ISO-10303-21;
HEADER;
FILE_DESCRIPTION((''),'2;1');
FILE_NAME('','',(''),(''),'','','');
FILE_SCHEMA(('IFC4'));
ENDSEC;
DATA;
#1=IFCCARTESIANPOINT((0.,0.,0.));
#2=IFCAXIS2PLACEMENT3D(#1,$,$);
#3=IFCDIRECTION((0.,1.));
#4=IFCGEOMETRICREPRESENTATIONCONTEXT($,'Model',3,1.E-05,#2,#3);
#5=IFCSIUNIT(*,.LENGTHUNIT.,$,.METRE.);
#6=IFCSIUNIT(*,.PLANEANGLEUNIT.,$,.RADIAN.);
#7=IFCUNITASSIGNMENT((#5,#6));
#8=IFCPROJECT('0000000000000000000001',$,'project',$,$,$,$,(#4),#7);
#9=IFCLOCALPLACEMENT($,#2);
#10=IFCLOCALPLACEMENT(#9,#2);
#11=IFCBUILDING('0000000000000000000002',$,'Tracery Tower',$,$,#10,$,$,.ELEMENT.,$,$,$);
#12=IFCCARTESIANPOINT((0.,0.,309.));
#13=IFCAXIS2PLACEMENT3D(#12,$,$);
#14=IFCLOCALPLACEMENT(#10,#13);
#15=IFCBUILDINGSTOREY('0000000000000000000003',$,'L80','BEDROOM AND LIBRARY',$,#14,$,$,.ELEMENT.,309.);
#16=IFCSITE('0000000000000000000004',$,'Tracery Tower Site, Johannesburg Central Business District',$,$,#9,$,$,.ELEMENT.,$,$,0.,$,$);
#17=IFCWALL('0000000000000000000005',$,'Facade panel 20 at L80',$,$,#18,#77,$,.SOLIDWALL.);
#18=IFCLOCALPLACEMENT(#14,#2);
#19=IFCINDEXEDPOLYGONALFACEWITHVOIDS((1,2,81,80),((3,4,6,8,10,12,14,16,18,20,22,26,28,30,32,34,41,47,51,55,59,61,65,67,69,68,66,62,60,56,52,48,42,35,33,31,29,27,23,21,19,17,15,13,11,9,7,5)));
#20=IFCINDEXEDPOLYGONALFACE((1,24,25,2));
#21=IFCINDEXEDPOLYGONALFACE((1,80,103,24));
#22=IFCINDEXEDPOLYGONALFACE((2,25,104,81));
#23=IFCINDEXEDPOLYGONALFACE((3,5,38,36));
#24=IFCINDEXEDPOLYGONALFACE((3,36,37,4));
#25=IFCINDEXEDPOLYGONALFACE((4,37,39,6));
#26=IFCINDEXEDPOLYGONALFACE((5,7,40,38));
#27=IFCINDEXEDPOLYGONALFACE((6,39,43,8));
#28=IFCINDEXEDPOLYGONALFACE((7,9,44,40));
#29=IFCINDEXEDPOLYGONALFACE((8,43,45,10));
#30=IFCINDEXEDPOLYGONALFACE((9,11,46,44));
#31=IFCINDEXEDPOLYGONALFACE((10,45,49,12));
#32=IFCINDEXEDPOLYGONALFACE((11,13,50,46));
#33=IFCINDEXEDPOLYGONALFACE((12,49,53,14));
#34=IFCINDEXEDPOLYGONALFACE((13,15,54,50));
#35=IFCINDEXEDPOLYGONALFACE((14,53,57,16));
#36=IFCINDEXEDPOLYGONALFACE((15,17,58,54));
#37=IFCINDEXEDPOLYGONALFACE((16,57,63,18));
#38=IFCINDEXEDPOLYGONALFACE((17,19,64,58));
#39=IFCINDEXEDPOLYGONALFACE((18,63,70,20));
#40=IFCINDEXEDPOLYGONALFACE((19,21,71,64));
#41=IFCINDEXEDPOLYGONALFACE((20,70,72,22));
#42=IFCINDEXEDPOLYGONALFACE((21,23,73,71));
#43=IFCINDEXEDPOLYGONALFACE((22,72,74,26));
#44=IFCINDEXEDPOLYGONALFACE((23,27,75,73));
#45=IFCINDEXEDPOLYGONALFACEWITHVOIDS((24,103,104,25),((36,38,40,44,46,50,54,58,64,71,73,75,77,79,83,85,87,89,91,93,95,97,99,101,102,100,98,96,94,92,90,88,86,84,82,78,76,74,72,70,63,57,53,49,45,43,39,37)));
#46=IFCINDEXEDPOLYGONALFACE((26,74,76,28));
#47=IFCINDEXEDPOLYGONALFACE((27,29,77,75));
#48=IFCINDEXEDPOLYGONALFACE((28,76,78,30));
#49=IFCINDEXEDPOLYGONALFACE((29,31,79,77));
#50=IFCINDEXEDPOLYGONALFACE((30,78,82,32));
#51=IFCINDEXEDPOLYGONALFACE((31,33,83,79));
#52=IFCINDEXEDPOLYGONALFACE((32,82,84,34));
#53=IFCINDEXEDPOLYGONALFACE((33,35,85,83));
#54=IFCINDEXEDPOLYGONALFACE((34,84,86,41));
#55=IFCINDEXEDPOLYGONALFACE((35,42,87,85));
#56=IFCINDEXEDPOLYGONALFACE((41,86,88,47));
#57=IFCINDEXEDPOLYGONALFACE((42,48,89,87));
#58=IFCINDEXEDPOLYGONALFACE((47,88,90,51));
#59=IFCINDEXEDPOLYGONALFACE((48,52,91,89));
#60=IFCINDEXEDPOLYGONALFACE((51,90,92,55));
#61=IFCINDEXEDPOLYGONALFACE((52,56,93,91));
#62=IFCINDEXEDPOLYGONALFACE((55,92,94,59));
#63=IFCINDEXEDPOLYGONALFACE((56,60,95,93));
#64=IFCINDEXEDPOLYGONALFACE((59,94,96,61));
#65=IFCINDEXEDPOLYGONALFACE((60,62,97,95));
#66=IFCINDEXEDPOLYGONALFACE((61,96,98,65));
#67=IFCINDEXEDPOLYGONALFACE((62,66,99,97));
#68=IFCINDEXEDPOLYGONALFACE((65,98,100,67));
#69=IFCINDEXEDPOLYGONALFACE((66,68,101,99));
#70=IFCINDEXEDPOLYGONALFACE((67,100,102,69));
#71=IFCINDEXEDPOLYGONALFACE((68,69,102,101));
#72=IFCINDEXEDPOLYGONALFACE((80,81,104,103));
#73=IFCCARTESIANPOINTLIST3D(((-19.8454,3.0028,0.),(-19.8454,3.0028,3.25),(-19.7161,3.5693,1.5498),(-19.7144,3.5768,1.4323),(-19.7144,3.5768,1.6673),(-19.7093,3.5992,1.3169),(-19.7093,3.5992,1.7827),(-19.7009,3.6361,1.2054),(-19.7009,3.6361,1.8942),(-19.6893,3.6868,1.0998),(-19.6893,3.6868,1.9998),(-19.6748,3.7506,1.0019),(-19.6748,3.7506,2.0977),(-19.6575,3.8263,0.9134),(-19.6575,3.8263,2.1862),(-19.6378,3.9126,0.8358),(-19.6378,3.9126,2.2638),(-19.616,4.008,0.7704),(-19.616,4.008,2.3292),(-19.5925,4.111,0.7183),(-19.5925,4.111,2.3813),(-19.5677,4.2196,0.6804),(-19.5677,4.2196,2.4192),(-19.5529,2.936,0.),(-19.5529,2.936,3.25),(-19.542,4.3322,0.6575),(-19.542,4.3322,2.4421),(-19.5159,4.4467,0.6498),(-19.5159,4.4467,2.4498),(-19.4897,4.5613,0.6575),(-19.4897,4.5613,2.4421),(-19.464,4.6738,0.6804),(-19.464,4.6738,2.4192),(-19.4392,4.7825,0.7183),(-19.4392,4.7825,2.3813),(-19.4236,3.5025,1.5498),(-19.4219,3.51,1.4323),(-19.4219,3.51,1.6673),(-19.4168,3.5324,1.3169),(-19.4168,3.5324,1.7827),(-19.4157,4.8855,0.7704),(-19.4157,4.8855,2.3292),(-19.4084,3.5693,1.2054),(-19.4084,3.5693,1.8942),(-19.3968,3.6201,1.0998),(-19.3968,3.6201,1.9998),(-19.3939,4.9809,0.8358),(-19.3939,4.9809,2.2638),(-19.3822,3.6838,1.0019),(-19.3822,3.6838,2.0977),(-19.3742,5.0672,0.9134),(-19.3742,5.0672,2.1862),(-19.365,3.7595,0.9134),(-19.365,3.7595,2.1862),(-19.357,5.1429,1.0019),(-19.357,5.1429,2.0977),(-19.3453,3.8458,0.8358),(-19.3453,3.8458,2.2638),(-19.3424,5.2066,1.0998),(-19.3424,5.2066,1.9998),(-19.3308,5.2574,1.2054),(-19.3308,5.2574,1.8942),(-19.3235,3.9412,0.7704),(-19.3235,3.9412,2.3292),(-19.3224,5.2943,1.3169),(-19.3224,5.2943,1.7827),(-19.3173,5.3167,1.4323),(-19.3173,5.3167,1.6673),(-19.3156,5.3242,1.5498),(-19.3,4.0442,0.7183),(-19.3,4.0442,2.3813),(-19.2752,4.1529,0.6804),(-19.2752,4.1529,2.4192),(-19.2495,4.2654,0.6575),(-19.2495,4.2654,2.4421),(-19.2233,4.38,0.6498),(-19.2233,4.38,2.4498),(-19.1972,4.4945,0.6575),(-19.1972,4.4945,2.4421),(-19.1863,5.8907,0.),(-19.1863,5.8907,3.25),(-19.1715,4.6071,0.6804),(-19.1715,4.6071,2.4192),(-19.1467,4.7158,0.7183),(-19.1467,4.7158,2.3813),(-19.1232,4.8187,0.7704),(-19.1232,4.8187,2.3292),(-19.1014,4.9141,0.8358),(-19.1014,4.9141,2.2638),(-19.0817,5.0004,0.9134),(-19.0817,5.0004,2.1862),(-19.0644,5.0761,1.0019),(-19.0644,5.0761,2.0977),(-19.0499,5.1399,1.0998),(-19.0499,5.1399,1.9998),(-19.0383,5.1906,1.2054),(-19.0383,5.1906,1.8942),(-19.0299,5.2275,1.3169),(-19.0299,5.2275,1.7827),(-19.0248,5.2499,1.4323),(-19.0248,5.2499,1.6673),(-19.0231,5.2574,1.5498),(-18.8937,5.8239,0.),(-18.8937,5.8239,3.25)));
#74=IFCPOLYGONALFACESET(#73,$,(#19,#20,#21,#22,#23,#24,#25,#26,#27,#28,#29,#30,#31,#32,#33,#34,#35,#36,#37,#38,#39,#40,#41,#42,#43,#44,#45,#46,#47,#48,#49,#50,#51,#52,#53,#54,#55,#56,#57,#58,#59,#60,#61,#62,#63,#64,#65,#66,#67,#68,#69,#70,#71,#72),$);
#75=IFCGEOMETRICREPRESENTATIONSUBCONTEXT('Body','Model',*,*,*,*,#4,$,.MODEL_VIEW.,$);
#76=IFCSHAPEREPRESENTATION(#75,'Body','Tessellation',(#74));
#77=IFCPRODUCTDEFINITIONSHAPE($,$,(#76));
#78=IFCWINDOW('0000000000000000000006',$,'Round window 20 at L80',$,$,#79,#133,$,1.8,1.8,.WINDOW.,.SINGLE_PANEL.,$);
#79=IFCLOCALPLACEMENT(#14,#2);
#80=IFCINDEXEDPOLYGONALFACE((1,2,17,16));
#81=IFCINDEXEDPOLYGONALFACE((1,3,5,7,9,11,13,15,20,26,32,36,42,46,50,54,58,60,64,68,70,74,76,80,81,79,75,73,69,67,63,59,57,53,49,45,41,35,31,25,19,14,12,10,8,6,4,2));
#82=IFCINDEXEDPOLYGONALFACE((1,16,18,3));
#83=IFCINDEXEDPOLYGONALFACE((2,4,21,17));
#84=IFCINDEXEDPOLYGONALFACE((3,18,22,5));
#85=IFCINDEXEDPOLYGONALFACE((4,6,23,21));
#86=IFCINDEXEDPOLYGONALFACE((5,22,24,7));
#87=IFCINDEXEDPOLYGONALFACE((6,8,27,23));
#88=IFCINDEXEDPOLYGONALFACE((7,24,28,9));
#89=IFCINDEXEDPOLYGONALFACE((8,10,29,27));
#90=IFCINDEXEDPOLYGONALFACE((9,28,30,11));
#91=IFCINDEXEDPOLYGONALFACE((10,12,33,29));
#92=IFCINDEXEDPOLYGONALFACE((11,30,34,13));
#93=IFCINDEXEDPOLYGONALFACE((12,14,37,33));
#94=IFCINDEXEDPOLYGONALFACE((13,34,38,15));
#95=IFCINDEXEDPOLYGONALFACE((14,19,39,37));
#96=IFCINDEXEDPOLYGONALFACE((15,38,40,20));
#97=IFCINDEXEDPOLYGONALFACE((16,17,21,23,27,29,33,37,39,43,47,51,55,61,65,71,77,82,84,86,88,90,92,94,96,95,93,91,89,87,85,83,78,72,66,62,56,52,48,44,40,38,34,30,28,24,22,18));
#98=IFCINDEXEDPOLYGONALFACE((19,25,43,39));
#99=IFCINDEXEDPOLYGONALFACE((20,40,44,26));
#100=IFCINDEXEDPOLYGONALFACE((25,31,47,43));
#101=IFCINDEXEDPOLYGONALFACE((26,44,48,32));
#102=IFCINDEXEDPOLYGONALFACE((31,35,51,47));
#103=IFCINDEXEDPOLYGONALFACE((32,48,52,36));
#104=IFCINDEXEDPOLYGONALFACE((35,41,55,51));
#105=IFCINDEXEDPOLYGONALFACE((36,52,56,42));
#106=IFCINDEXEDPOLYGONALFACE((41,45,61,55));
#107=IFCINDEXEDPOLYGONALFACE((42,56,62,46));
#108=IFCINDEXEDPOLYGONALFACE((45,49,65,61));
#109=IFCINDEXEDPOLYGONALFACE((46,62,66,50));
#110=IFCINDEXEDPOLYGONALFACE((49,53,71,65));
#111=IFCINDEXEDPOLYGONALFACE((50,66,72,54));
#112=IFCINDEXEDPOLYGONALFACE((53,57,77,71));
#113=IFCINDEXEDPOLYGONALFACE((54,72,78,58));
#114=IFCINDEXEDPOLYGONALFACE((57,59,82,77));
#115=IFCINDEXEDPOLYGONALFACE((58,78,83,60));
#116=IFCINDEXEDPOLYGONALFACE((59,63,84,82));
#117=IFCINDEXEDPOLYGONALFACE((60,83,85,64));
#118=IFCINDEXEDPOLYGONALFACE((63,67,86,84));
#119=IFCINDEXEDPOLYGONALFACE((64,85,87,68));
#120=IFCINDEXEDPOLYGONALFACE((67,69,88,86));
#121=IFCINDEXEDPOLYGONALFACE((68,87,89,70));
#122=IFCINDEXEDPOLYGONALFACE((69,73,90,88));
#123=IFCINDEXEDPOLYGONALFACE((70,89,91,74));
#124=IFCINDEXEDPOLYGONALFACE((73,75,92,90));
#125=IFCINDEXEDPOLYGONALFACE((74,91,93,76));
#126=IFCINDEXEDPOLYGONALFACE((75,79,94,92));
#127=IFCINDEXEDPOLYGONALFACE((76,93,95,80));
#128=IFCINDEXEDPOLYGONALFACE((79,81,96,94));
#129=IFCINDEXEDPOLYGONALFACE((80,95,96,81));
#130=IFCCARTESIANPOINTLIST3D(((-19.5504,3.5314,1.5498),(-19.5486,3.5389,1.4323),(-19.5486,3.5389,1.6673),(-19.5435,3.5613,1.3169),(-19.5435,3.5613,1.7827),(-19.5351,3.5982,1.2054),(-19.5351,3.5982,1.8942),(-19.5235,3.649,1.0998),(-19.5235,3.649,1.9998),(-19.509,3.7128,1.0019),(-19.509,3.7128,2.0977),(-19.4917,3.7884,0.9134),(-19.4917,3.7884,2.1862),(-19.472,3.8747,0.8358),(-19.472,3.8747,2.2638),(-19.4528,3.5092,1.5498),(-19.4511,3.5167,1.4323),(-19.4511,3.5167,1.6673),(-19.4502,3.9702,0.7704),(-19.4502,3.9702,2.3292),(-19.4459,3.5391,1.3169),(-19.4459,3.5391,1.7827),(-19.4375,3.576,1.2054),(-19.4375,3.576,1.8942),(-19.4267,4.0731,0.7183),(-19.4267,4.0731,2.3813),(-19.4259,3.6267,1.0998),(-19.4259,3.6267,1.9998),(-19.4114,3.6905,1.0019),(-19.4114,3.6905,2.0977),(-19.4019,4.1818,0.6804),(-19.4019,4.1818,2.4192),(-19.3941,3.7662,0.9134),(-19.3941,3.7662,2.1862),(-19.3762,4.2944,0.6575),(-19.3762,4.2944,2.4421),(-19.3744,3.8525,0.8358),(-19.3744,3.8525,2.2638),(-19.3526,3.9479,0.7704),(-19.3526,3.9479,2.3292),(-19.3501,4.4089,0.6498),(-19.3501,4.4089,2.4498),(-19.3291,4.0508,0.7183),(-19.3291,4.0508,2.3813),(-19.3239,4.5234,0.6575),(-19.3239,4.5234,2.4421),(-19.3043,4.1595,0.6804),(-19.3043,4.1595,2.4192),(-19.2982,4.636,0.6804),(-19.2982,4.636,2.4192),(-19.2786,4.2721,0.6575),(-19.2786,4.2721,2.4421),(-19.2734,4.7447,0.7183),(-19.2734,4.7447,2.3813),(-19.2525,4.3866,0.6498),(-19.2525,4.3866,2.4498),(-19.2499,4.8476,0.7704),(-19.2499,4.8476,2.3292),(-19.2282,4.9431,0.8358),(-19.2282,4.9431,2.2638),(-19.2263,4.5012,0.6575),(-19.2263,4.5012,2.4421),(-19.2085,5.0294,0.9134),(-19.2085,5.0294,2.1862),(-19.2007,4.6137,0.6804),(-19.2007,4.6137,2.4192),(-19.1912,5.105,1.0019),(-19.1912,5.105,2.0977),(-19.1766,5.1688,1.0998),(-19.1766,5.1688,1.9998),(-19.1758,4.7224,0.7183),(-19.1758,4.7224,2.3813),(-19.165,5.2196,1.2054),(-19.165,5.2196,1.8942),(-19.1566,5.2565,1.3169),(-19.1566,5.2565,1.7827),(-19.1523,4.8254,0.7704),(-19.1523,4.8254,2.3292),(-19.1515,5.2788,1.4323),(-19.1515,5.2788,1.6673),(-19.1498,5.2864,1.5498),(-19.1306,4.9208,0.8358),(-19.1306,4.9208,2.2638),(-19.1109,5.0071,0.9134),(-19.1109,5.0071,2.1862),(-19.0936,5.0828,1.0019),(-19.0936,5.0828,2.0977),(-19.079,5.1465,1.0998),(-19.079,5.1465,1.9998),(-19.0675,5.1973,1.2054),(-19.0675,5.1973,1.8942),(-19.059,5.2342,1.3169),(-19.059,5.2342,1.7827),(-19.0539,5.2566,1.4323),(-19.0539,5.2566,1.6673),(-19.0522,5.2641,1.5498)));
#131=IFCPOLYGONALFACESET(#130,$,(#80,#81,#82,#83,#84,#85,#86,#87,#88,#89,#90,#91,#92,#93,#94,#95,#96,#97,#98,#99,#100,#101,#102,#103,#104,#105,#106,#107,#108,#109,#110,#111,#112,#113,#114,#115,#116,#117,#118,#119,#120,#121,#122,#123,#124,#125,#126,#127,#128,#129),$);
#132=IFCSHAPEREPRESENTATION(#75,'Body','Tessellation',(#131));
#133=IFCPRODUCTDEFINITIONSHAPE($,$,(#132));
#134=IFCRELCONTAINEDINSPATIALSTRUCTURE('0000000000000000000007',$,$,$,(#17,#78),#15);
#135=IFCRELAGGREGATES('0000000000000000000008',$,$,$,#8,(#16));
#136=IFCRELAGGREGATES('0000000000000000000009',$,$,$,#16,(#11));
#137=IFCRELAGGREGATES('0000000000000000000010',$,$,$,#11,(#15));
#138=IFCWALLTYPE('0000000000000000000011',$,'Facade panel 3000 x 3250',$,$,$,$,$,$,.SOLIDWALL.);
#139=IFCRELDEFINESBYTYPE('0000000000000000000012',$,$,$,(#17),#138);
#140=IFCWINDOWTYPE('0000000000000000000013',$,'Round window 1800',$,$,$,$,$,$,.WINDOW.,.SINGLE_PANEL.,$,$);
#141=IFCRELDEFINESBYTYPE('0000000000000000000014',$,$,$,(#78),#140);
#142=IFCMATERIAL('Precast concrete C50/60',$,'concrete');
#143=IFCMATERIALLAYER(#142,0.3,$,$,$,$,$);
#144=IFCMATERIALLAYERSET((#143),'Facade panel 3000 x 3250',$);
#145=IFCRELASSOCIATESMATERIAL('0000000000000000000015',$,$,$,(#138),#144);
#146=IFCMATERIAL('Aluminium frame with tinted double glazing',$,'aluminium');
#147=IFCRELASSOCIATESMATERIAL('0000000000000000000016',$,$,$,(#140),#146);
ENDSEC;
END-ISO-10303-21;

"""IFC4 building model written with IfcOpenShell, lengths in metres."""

from ifc_helpers import new_model, si_unit, direction, frame, frame_2d, origin, origin_2d, place, context, subcontext, project, spatial, rectangle, circle, extrude, material, layer, layer_set, type_object, element, fill, save


model = new_model("IFC4")

# Units and contexts
model_context = context("Model", 3, precision=1e-05, world=origin(), true_north=direction((0.0, 1.0)))
body_context = subcontext(model_context, "Body", "Model", "MODEL_VIEW")
ifc_project = project(units=[si_unit("LENGTHUNIT", "METRE"), si_unit("PLANEANGLEUNIT", "RADIAN")], contexts=[model_context])

# Site, building, storey
site_placement = place(None, origin())
site = spatial("IfcSite", under=ifc_project, at=site_placement, Name="Tracery Tower Site, Johannesburg Central Business District", CompositionType="ELEMENT", RefElevation=0.0)
building_placement = place(site_placement, origin())
building = spatial("IfcBuilding", under=site, at=building_placement, Name="Tracery Tower", CompositionType="ELEMENT")
storey_placement = place(building_placement, frame((0.0, 0.0, 309.0)))
storey = spatial("IfcBuildingStorey", under=building, at=storey_placement, Name="L80", Description="BEDROOM AND LIBRARY", CompositionType="ELEMENT", Elevation=309.0)

# Wall, opening, window
ifc_material_1 = material(Name="Precast concrete C50/60", Category="concrete")
ifc_layer_1 = layer(ifc_material_1, 0.3)
ifc_layer_set_1 = layer_set([ifc_layer_1], Name="Facade panel 3000 x 3250")
wall_type_1 = type_object("IfcWallType", Name="Facade panel 3000 x 3250", PredefinedType="SOLIDWALL", material=ifc_layer_set_1)
wall_1_placement = place(storey_placement, frame((-19.04, 5.8572, 0.0), z_axis=(0.0, 0.0, 1.0), x_axis=(-0.222529, -0.974926, 0.0)))
wall_1 = element("IfcWall", 1, at=wall_1_placement, inside=storey, type_object=wall_type_1, Name="Facade panel 20 at L80", PredefinedType="SOLIDWALL", context=body_context, shape_type="SweptSolid", body=[
    extrude(rectangle(XDim=2.9622, YDim=0.3, at=frame_2d((1.481, 0.0))), origin(), (0.0, 0.0, 1.0), 3.25),
])
opening_1_placement = place(wall_1_placement, frame((1.481, 0.0, 1.5498)))
opening_1 = element("IfcOpeningElement", 2, at=opening_1_placement, cuts=wall_1, PredefinedType="OPENING", context=body_context, shape_type="SweptSolid", body=[
    extrude(circle(Radius=0.9, at=origin_2d()), frame((0.0, 0.1599, 0.0), z_axis=(0.0, -1.0, 0.0), x_axis=(1.0, 0.0, 0.0)), (0.0, 0.0, 1.0), 0.3201),
])
ifc_material_2 = material(Name="Aluminium frame with tinted double glazing", Category="aluminium")
window_type = type_object("IfcWindowType", Name="Round window 1800", PartitioningType="SINGLE_PANEL", PredefinedType="WINDOW", material=ifc_material_2)
window_1_placement = place(opening_1_placement, origin())
window_1 = element("IfcWindow", 3, at=window_1_placement, inside=storey, type_object=window_type, Name="Round window 20 at L80", OverallHeight=1.8, OverallWidth=1.8, PartitioningType="SINGLE_PANEL", PredefinedType="WINDOW", context=body_context, shape_type="SweptSolid", body=[
    extrude(circle(Radius=0.9, at=origin_2d()), frame((0.0, 0.1201, 0.0), z_axis=(0.0, -1.0, 0.0), x_axis=(1.0, 0.0, 0.0)), (0.0, 0.0, 1.0), 0.1001),
])
fill(opening_1, window_1)

save(model, "model.ifc")
